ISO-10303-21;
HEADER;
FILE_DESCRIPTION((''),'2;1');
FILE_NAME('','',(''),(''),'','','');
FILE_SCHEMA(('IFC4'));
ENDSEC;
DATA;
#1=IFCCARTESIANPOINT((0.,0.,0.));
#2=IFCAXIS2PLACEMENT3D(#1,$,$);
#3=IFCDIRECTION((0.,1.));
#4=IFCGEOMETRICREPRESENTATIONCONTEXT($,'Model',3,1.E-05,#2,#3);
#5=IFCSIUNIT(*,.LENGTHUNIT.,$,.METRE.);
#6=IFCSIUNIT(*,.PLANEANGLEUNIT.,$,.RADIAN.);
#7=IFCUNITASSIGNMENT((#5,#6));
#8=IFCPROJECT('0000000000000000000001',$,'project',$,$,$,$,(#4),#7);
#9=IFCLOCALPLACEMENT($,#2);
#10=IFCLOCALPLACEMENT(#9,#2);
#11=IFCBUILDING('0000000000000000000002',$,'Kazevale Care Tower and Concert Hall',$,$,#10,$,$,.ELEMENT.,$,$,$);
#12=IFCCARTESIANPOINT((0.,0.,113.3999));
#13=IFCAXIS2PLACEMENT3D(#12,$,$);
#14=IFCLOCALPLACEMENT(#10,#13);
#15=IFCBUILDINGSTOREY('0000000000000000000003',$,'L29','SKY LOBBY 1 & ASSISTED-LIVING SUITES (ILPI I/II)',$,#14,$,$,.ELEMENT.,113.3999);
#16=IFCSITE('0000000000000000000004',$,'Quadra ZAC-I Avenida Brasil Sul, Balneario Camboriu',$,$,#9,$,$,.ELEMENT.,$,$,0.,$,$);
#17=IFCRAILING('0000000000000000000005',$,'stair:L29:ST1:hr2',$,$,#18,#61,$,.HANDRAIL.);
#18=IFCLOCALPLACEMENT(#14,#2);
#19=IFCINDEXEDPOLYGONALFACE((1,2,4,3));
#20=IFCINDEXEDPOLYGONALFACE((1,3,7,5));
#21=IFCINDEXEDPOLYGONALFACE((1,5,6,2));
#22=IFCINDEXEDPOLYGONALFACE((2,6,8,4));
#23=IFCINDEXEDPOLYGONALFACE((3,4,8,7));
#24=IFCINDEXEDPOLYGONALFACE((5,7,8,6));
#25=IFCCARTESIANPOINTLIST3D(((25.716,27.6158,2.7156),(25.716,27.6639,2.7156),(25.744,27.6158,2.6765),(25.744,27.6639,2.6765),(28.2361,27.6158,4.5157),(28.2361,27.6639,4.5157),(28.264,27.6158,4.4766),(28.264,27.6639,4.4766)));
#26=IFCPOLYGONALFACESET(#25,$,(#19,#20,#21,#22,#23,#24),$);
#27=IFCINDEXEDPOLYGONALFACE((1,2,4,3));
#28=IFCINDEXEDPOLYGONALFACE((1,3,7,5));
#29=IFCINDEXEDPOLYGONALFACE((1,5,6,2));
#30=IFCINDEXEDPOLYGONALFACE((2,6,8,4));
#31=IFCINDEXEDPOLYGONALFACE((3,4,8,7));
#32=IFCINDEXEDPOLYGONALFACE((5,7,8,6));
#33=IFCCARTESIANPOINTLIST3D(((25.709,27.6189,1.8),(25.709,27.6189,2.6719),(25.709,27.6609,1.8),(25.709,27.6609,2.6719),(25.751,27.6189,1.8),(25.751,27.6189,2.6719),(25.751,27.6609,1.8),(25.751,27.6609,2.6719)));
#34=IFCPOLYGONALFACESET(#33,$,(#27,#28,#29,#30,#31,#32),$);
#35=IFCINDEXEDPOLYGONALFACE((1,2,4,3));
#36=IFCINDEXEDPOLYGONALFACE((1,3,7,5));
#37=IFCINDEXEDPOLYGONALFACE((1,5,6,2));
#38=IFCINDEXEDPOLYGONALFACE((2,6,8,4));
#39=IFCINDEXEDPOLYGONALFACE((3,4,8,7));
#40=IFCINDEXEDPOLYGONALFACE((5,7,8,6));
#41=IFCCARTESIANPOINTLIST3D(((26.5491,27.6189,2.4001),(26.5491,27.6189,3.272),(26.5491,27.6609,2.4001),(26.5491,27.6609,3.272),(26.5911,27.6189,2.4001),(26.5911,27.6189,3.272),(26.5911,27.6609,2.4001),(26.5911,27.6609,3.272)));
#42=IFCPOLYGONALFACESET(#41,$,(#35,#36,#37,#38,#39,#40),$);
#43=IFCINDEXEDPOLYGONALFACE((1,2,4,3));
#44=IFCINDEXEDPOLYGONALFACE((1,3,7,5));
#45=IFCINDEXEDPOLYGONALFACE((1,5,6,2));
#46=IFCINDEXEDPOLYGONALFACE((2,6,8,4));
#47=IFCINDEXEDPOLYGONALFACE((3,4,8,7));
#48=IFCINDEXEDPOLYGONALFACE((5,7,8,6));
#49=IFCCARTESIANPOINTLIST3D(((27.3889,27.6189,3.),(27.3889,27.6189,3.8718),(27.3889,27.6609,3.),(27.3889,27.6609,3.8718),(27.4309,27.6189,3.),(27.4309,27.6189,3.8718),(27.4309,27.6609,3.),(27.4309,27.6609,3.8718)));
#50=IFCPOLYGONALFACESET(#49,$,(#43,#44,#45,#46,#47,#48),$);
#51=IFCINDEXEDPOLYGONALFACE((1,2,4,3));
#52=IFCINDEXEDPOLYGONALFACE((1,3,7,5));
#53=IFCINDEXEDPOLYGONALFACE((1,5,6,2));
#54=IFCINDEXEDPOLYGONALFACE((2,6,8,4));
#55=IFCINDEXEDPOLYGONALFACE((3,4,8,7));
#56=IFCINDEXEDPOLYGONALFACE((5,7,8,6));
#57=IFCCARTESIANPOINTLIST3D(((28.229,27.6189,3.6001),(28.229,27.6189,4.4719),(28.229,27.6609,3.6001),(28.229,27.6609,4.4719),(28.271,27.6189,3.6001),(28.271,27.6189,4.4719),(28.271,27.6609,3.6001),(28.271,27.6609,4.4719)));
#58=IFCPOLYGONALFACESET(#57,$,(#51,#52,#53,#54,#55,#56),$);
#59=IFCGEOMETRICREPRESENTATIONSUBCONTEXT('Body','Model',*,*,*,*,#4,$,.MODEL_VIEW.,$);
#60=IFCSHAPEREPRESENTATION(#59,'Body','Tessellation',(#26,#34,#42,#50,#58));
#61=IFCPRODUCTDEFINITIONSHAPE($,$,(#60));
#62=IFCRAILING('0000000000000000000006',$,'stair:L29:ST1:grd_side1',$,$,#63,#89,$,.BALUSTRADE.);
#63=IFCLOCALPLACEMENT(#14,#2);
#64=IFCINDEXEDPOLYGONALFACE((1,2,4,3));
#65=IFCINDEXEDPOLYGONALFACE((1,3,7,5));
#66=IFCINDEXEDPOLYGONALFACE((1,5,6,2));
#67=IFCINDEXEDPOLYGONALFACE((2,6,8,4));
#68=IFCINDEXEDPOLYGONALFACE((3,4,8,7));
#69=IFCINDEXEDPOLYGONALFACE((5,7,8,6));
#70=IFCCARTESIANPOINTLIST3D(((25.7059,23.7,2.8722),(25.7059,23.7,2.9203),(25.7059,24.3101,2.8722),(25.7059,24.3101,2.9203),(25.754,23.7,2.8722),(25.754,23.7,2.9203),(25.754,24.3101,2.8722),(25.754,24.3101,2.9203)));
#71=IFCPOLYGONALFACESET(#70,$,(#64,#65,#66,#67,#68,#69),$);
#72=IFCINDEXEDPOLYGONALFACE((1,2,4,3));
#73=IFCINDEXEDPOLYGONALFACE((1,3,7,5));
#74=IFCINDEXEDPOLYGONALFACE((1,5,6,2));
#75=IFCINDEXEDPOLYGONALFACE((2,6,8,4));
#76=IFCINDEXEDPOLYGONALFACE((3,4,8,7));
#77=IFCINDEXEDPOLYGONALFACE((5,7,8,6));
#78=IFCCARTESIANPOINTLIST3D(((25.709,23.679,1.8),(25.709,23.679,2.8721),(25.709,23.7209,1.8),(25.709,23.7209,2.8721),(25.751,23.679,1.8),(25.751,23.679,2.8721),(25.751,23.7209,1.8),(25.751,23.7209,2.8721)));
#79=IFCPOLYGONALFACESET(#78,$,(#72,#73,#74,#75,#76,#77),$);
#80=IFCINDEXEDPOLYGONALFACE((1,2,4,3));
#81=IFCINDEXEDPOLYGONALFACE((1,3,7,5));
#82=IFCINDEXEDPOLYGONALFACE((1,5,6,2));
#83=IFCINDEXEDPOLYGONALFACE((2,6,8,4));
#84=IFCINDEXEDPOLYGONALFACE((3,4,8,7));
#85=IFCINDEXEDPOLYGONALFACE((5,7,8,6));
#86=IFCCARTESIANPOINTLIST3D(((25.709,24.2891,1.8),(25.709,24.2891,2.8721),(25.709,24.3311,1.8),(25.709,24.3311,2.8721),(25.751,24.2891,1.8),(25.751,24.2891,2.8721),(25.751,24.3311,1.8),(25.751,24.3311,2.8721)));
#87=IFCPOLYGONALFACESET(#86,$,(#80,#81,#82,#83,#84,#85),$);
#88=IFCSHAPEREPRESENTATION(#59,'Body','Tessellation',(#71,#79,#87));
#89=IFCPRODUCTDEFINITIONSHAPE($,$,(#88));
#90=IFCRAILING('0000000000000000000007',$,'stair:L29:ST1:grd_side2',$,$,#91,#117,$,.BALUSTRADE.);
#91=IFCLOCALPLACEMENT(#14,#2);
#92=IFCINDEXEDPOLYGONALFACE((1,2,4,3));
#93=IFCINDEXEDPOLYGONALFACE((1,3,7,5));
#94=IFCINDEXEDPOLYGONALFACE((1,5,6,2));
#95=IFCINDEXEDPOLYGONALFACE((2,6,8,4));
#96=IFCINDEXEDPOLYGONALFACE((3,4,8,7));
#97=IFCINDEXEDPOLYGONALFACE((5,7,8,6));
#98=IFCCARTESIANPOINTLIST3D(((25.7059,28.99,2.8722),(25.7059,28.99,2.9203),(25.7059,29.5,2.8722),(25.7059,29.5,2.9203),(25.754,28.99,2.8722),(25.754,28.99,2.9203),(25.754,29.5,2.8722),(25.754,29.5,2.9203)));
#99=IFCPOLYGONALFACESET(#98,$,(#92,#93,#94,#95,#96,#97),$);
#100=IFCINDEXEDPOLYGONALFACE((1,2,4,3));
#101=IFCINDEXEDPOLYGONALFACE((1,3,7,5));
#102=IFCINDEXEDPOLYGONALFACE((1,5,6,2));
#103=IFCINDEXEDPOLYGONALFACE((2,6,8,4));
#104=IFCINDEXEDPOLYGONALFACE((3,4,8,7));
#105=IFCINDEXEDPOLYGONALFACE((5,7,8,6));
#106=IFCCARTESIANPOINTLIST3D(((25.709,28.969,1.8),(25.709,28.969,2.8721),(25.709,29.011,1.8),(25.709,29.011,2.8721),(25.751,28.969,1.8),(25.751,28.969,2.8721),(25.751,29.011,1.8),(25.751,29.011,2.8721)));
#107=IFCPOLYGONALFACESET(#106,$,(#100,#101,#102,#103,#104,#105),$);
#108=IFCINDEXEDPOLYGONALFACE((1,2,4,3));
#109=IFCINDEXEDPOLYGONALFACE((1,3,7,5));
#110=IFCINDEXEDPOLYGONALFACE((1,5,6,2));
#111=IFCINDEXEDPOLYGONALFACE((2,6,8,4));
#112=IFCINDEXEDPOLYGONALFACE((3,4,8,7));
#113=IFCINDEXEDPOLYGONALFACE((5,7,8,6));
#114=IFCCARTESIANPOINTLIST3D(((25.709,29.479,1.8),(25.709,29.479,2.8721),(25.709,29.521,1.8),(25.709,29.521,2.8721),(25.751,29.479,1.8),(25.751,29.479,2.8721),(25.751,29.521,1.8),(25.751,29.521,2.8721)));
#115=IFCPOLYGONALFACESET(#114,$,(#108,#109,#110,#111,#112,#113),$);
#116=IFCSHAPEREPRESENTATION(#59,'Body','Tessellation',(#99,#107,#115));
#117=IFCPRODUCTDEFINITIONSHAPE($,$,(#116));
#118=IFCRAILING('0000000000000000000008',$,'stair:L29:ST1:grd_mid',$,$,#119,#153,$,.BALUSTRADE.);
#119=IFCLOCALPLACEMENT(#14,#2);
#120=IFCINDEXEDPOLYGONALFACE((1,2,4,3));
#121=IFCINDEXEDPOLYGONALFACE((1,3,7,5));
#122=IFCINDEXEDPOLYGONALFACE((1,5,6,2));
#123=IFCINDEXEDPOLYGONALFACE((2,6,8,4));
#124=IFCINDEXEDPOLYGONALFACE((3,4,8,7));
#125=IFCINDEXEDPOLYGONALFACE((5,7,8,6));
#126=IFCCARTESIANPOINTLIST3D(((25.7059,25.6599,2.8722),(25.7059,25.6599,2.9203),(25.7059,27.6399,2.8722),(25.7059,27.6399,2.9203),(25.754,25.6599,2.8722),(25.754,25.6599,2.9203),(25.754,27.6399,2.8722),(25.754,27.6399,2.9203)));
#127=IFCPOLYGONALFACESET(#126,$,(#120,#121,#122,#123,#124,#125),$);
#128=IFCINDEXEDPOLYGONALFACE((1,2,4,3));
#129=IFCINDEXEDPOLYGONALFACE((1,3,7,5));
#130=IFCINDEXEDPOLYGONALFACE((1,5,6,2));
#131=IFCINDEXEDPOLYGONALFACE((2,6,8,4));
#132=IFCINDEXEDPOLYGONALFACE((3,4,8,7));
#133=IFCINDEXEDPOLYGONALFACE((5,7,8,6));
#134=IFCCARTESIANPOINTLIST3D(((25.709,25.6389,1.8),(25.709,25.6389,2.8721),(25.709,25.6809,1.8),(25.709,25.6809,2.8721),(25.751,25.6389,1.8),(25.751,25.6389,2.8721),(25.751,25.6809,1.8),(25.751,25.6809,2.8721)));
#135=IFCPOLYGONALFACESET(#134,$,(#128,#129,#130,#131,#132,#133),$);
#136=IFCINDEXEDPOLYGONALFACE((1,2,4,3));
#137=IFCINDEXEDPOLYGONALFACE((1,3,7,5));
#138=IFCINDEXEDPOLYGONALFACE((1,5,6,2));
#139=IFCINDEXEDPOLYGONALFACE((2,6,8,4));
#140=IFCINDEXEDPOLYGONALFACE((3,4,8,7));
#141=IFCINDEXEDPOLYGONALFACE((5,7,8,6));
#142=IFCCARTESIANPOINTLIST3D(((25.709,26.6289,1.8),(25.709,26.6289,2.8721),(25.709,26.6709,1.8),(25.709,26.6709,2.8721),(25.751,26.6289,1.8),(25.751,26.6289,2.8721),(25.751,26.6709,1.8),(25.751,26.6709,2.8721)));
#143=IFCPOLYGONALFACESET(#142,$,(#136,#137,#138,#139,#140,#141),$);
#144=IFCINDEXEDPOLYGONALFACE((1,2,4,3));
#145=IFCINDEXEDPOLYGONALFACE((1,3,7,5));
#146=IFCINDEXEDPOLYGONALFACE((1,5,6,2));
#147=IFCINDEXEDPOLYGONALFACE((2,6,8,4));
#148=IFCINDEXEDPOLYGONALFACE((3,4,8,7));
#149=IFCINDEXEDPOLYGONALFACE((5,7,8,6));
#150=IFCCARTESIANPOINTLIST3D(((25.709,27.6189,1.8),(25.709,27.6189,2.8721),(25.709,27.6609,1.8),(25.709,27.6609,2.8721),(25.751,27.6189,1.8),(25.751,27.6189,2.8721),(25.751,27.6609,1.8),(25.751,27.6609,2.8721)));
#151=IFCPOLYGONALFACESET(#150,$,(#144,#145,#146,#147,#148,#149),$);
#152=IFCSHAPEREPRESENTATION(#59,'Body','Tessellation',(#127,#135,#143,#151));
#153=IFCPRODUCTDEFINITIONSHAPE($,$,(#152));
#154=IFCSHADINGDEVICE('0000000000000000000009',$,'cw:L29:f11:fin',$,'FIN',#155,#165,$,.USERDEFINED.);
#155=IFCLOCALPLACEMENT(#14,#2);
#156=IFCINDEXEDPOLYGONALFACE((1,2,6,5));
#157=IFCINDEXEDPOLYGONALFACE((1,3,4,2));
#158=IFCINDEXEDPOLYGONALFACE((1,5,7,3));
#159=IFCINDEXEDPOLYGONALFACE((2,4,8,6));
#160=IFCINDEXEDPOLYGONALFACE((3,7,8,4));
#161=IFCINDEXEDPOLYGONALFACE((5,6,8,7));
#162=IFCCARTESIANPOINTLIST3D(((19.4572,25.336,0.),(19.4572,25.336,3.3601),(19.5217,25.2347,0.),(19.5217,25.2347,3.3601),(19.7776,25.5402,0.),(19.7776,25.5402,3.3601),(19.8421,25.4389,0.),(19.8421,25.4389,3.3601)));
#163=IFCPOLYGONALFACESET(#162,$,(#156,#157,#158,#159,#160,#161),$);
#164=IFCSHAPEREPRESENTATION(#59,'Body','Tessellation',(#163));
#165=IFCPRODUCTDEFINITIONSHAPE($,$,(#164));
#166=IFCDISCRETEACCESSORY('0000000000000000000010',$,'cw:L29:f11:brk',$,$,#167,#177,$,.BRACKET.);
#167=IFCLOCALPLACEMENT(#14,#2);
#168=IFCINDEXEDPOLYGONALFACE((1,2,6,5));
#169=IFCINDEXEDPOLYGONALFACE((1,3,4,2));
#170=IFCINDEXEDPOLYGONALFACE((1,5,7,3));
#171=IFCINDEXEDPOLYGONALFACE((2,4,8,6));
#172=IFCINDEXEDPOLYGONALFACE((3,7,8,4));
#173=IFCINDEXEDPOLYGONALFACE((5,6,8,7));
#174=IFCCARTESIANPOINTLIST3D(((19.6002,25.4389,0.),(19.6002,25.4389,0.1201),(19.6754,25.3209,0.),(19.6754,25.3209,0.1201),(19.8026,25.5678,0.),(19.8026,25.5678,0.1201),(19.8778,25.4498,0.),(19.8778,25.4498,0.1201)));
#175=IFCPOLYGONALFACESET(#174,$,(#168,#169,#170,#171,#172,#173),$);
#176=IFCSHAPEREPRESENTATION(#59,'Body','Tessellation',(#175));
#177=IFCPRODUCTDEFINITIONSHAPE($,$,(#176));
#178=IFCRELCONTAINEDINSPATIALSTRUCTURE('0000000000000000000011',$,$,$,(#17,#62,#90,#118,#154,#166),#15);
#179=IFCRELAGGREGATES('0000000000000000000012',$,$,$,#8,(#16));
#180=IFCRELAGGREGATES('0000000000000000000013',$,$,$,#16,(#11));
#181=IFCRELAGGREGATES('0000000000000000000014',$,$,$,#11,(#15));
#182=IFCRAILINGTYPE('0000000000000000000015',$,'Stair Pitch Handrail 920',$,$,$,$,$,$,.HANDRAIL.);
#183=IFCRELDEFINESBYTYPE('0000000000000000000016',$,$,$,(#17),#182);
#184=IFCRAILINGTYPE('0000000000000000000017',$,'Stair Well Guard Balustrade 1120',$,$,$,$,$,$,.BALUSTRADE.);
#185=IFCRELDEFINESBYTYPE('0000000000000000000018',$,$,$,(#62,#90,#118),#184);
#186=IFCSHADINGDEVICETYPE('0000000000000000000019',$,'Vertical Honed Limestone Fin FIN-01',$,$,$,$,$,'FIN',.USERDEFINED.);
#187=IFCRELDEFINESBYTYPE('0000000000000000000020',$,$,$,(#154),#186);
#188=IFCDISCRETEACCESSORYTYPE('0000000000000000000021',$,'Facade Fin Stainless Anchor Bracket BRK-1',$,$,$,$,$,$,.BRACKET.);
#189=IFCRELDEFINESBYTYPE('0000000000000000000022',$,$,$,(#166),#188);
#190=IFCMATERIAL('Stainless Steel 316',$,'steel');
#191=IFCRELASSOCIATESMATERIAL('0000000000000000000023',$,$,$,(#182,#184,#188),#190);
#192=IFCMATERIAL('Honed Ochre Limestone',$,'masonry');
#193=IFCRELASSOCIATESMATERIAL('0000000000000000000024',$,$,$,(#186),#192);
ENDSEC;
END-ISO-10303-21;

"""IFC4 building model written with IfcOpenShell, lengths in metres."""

from ifc_helpers import new_model, si_unit, direction, frame, origin, origin_2d, place, context, subcontext, project, spatial, rectangle, extrude, material, type_object, element, save


model = new_model("IFC4")

# Units and contexts
model_context = context("Model", 3, precision=1e-05, world=origin(), true_north=direction((0.0, 1.0)))
body_context = subcontext(model_context, "Body", "Model", "MODEL_VIEW")
ifc_project = project(units=[si_unit("LENGTHUNIT", "METRE"), si_unit("PLANEANGLEUNIT", "RADIAN")], contexts=[model_context])

# Site, building, storey
site_placement = place(None, origin())
site = spatial("IfcSite", under=ifc_project, at=site_placement, Name="Quadra ZAC-I Avenida Brasil Sul, Balneario Camboriu", CompositionType="ELEMENT", RefElevation=0.0)
building_placement = place(site_placement, origin())
building = spatial("IfcBuilding", under=site, at=building_placement, Name="Kazevale Care Tower and Concert Hall", CompositionType="ELEMENT")
storey_placement = place(building_placement, frame((0.0, 0.0, 113.3999)))
storey = spatial("IfcBuildingStorey", under=building, at=storey_placement, Name="L29", Description="SKY LOBBY 1 & ASSISTED-LIVING SUITES (ILPI I/II)", CompositionType="ELEMENT", Elevation=113.3999)

# Railings
ifc_material_1 = material(Name="Stainless Steel 316", Category="steel")
railing_type_1 = type_object("IfcRailingType", Name="Stair Pitch Handrail 920", PredefinedType="HANDRAIL", material=ifc_material_1)
railing_1_placement = place(storey_placement, frame((25.73, 27.6399, 1.8)))
element("IfcRailing", 1, at=railing_1_placement, inside=storey, type_object=railing_type_1, Name="stair:L29:ST1:hr2", PredefinedType="HANDRAIL", context=body_context, shape_type="SweptSolid", body=[
    extrude(rectangle(XDim=0.0481, YDim=0.0481, at=origin_2d()), frame((0.0, 0.0, 0.896), z_axis=(0.813728, 0.0, 0.581246), x_axis=(0.0, 1.0, 0.0)), (0.0, 0.0, 1.0), 3.0969),
    extrude(rectangle(XDim=0.042, YDim=0.042, at=origin_2d()), origin(), (0.0, 0.0, 1.0), 0.8718),
    extrude(rectangle(XDim=0.042, YDim=0.042, at=origin_2d()), frame((0.8401, 0.0, 0.6001)), (0.0, 0.0, 1.0), 0.8718),
    extrude(rectangle(XDim=0.042, YDim=0.042, at=origin_2d()), frame((1.6799, 0.0, 1.2)), (0.0, 0.0, 1.0), 0.8718),
    extrude(rectangle(XDim=0.042, YDim=0.042, at=origin_2d()), frame((2.52, 0.0, 1.8)), (0.0, 0.0, 1.0), 0.8718),
])
railing_type_2 = type_object("IfcRailingType", Name="Stair Well Guard Balustrade 1120", PredefinedType="BALUSTRADE", material=ifc_material_1)
railing_2_placement = place(storey_placement, frame((25.73, 23.7, 1.8)))
element("IfcRailing", 2, at=railing_2_placement, inside=storey, type_object=railing_type_2, Name="stair:L29:ST1:grd_side1", PredefinedType="BALUSTRADE", context=body_context, shape_type="SweptSolid", body=[
    extrude(rectangle(XDim=0.0481, YDim=0.0481, at=origin_2d()), frame((0.0, 0.0, 1.0962), z_axis=(0.0, 1.0, 0.0), x_axis=(-1.0, 0.0, 0.0)), (0.0, 0.0, 1.0), 0.6101),
    extrude(rectangle(XDim=0.042, YDim=0.042, at=origin_2d()), origin(), (0.0, 0.0, 1.0), 1.072),
    extrude(rectangle(XDim=0.042, YDim=0.042, at=origin_2d()), frame((0.0, 0.6101, 0.0)), (0.0, 0.0, 1.0), 1.072),
])
railing_3_placement = place(storey_placement, frame((25.73, 28.99, 1.8)))
element("IfcRailing", 3, at=railing_3_placement, inside=storey, type_object=railing_type_2, Name="stair:L29:ST1:grd_side2", PredefinedType="BALUSTRADE", context=body_context, shape_type="SweptSolid", body=[
    extrude(rectangle(XDim=0.0481, YDim=0.0481, at=origin_2d()), frame((0.0, 0.0, 1.0962), z_axis=(0.0, 1.0, 0.0), x_axis=(-1.0, 0.0, 0.0)), (0.0, 0.0, 1.0), 0.51),
    extrude(rectangle(XDim=0.042, YDim=0.042, at=origin_2d()), origin(), (0.0, 0.0, 1.0), 1.072),
    extrude(rectangle(XDim=0.042, YDim=0.042, at=origin_2d()), frame((0.0, 0.51, 0.0)), (0.0, 0.0, 1.0), 1.072),
])
railing_4_placement = place(storey_placement, frame((25.73, 25.6599, 1.8)))
element("IfcRailing", 4, at=railing_4_placement, inside=storey, type_object=railing_type_2, Name="stair:L29:ST1:grd_mid", PredefinedType="BALUSTRADE", context=body_context, shape_type="SweptSolid", body=[
    extrude(rectangle(XDim=0.0481, YDim=0.0481, at=origin_2d()), frame((0.0, 0.0, 1.0962), z_axis=(0.0, 1.0, 0.0), x_axis=(-1.0, 0.0, 0.0)), (0.0, 0.0, 1.0), 1.98),
    extrude(rectangle(XDim=0.042, YDim=0.042, at=origin_2d()), origin(), (0.0, 0.0, 1.0), 1.072),
    extrude(rectangle(XDim=0.042, YDim=0.042, at=origin_2d()), frame((0.0, 0.99, 0.0)), (0.0, 0.0, 1.0), 1.072),
    extrude(rectangle(XDim=0.042, YDim=0.042, at=origin_2d()), frame((0.0, 1.98, 0.0)), (0.0, 0.0, 1.0), 1.072),
])

# Shading device
ifc_material_2 = material(Name="Honed Ochre Limestone", Category="masonry")
shading_device_type = type_object("IfcShadingDeviceType", Name="Vertical Honed Limestone Fin FIN-01", ElementType="FIN", PredefinedType="USERDEFINED", material=ifc_material_2)
shading_device_placement = place(storey_placement, frame((19.6497, 25.3875, 0.0), z_axis=(0.0, 0.0, 1.0), x_axis=(-0.843391, -0.5373, 0.0)))
element("IfcShadingDevice", 5, at=shading_device_placement, inside=storey, type_object=shading_device_type, Name="cw:L29:f11:fin", ObjectType="FIN", PredefinedType="USERDEFINED", context=body_context, shape_type="SweptSolid", body=[
    extrude(rectangle(XDim=0.3799, YDim=0.1201, at=origin_2d()), origin(), (0.0, 0.0, 1.0), 3.3601),
])

# Discrete accessory
discrete_accessory_type = type_object("IfcDiscreteAccessoryType", Name="Facade Fin Stainless Anchor Bracket BRK-1", PredefinedType="BRACKET", material=ifc_material_1)
discrete_accessory_placement = place(storey_placement, frame((19.739, 25.4443, 0.0), z_axis=(0.0, 0.0, 1.0), x_axis=(-0.843391, -0.5373, 0.0)))
element("IfcDiscreteAccessory", 6, at=discrete_accessory_placement, inside=storey, type_object=discrete_accessory_type, Name="cw:L29:f11:brk", PredefinedType="BRACKET", context=body_context, shape_type="SweptSolid", body=[
    extrude(rectangle(XDim=0.24, YDim=0.1399, at=origin_2d()), origin(), (0.0, 0.0, 1.0), 0.1201),
])

save(model, "model.ifc")
